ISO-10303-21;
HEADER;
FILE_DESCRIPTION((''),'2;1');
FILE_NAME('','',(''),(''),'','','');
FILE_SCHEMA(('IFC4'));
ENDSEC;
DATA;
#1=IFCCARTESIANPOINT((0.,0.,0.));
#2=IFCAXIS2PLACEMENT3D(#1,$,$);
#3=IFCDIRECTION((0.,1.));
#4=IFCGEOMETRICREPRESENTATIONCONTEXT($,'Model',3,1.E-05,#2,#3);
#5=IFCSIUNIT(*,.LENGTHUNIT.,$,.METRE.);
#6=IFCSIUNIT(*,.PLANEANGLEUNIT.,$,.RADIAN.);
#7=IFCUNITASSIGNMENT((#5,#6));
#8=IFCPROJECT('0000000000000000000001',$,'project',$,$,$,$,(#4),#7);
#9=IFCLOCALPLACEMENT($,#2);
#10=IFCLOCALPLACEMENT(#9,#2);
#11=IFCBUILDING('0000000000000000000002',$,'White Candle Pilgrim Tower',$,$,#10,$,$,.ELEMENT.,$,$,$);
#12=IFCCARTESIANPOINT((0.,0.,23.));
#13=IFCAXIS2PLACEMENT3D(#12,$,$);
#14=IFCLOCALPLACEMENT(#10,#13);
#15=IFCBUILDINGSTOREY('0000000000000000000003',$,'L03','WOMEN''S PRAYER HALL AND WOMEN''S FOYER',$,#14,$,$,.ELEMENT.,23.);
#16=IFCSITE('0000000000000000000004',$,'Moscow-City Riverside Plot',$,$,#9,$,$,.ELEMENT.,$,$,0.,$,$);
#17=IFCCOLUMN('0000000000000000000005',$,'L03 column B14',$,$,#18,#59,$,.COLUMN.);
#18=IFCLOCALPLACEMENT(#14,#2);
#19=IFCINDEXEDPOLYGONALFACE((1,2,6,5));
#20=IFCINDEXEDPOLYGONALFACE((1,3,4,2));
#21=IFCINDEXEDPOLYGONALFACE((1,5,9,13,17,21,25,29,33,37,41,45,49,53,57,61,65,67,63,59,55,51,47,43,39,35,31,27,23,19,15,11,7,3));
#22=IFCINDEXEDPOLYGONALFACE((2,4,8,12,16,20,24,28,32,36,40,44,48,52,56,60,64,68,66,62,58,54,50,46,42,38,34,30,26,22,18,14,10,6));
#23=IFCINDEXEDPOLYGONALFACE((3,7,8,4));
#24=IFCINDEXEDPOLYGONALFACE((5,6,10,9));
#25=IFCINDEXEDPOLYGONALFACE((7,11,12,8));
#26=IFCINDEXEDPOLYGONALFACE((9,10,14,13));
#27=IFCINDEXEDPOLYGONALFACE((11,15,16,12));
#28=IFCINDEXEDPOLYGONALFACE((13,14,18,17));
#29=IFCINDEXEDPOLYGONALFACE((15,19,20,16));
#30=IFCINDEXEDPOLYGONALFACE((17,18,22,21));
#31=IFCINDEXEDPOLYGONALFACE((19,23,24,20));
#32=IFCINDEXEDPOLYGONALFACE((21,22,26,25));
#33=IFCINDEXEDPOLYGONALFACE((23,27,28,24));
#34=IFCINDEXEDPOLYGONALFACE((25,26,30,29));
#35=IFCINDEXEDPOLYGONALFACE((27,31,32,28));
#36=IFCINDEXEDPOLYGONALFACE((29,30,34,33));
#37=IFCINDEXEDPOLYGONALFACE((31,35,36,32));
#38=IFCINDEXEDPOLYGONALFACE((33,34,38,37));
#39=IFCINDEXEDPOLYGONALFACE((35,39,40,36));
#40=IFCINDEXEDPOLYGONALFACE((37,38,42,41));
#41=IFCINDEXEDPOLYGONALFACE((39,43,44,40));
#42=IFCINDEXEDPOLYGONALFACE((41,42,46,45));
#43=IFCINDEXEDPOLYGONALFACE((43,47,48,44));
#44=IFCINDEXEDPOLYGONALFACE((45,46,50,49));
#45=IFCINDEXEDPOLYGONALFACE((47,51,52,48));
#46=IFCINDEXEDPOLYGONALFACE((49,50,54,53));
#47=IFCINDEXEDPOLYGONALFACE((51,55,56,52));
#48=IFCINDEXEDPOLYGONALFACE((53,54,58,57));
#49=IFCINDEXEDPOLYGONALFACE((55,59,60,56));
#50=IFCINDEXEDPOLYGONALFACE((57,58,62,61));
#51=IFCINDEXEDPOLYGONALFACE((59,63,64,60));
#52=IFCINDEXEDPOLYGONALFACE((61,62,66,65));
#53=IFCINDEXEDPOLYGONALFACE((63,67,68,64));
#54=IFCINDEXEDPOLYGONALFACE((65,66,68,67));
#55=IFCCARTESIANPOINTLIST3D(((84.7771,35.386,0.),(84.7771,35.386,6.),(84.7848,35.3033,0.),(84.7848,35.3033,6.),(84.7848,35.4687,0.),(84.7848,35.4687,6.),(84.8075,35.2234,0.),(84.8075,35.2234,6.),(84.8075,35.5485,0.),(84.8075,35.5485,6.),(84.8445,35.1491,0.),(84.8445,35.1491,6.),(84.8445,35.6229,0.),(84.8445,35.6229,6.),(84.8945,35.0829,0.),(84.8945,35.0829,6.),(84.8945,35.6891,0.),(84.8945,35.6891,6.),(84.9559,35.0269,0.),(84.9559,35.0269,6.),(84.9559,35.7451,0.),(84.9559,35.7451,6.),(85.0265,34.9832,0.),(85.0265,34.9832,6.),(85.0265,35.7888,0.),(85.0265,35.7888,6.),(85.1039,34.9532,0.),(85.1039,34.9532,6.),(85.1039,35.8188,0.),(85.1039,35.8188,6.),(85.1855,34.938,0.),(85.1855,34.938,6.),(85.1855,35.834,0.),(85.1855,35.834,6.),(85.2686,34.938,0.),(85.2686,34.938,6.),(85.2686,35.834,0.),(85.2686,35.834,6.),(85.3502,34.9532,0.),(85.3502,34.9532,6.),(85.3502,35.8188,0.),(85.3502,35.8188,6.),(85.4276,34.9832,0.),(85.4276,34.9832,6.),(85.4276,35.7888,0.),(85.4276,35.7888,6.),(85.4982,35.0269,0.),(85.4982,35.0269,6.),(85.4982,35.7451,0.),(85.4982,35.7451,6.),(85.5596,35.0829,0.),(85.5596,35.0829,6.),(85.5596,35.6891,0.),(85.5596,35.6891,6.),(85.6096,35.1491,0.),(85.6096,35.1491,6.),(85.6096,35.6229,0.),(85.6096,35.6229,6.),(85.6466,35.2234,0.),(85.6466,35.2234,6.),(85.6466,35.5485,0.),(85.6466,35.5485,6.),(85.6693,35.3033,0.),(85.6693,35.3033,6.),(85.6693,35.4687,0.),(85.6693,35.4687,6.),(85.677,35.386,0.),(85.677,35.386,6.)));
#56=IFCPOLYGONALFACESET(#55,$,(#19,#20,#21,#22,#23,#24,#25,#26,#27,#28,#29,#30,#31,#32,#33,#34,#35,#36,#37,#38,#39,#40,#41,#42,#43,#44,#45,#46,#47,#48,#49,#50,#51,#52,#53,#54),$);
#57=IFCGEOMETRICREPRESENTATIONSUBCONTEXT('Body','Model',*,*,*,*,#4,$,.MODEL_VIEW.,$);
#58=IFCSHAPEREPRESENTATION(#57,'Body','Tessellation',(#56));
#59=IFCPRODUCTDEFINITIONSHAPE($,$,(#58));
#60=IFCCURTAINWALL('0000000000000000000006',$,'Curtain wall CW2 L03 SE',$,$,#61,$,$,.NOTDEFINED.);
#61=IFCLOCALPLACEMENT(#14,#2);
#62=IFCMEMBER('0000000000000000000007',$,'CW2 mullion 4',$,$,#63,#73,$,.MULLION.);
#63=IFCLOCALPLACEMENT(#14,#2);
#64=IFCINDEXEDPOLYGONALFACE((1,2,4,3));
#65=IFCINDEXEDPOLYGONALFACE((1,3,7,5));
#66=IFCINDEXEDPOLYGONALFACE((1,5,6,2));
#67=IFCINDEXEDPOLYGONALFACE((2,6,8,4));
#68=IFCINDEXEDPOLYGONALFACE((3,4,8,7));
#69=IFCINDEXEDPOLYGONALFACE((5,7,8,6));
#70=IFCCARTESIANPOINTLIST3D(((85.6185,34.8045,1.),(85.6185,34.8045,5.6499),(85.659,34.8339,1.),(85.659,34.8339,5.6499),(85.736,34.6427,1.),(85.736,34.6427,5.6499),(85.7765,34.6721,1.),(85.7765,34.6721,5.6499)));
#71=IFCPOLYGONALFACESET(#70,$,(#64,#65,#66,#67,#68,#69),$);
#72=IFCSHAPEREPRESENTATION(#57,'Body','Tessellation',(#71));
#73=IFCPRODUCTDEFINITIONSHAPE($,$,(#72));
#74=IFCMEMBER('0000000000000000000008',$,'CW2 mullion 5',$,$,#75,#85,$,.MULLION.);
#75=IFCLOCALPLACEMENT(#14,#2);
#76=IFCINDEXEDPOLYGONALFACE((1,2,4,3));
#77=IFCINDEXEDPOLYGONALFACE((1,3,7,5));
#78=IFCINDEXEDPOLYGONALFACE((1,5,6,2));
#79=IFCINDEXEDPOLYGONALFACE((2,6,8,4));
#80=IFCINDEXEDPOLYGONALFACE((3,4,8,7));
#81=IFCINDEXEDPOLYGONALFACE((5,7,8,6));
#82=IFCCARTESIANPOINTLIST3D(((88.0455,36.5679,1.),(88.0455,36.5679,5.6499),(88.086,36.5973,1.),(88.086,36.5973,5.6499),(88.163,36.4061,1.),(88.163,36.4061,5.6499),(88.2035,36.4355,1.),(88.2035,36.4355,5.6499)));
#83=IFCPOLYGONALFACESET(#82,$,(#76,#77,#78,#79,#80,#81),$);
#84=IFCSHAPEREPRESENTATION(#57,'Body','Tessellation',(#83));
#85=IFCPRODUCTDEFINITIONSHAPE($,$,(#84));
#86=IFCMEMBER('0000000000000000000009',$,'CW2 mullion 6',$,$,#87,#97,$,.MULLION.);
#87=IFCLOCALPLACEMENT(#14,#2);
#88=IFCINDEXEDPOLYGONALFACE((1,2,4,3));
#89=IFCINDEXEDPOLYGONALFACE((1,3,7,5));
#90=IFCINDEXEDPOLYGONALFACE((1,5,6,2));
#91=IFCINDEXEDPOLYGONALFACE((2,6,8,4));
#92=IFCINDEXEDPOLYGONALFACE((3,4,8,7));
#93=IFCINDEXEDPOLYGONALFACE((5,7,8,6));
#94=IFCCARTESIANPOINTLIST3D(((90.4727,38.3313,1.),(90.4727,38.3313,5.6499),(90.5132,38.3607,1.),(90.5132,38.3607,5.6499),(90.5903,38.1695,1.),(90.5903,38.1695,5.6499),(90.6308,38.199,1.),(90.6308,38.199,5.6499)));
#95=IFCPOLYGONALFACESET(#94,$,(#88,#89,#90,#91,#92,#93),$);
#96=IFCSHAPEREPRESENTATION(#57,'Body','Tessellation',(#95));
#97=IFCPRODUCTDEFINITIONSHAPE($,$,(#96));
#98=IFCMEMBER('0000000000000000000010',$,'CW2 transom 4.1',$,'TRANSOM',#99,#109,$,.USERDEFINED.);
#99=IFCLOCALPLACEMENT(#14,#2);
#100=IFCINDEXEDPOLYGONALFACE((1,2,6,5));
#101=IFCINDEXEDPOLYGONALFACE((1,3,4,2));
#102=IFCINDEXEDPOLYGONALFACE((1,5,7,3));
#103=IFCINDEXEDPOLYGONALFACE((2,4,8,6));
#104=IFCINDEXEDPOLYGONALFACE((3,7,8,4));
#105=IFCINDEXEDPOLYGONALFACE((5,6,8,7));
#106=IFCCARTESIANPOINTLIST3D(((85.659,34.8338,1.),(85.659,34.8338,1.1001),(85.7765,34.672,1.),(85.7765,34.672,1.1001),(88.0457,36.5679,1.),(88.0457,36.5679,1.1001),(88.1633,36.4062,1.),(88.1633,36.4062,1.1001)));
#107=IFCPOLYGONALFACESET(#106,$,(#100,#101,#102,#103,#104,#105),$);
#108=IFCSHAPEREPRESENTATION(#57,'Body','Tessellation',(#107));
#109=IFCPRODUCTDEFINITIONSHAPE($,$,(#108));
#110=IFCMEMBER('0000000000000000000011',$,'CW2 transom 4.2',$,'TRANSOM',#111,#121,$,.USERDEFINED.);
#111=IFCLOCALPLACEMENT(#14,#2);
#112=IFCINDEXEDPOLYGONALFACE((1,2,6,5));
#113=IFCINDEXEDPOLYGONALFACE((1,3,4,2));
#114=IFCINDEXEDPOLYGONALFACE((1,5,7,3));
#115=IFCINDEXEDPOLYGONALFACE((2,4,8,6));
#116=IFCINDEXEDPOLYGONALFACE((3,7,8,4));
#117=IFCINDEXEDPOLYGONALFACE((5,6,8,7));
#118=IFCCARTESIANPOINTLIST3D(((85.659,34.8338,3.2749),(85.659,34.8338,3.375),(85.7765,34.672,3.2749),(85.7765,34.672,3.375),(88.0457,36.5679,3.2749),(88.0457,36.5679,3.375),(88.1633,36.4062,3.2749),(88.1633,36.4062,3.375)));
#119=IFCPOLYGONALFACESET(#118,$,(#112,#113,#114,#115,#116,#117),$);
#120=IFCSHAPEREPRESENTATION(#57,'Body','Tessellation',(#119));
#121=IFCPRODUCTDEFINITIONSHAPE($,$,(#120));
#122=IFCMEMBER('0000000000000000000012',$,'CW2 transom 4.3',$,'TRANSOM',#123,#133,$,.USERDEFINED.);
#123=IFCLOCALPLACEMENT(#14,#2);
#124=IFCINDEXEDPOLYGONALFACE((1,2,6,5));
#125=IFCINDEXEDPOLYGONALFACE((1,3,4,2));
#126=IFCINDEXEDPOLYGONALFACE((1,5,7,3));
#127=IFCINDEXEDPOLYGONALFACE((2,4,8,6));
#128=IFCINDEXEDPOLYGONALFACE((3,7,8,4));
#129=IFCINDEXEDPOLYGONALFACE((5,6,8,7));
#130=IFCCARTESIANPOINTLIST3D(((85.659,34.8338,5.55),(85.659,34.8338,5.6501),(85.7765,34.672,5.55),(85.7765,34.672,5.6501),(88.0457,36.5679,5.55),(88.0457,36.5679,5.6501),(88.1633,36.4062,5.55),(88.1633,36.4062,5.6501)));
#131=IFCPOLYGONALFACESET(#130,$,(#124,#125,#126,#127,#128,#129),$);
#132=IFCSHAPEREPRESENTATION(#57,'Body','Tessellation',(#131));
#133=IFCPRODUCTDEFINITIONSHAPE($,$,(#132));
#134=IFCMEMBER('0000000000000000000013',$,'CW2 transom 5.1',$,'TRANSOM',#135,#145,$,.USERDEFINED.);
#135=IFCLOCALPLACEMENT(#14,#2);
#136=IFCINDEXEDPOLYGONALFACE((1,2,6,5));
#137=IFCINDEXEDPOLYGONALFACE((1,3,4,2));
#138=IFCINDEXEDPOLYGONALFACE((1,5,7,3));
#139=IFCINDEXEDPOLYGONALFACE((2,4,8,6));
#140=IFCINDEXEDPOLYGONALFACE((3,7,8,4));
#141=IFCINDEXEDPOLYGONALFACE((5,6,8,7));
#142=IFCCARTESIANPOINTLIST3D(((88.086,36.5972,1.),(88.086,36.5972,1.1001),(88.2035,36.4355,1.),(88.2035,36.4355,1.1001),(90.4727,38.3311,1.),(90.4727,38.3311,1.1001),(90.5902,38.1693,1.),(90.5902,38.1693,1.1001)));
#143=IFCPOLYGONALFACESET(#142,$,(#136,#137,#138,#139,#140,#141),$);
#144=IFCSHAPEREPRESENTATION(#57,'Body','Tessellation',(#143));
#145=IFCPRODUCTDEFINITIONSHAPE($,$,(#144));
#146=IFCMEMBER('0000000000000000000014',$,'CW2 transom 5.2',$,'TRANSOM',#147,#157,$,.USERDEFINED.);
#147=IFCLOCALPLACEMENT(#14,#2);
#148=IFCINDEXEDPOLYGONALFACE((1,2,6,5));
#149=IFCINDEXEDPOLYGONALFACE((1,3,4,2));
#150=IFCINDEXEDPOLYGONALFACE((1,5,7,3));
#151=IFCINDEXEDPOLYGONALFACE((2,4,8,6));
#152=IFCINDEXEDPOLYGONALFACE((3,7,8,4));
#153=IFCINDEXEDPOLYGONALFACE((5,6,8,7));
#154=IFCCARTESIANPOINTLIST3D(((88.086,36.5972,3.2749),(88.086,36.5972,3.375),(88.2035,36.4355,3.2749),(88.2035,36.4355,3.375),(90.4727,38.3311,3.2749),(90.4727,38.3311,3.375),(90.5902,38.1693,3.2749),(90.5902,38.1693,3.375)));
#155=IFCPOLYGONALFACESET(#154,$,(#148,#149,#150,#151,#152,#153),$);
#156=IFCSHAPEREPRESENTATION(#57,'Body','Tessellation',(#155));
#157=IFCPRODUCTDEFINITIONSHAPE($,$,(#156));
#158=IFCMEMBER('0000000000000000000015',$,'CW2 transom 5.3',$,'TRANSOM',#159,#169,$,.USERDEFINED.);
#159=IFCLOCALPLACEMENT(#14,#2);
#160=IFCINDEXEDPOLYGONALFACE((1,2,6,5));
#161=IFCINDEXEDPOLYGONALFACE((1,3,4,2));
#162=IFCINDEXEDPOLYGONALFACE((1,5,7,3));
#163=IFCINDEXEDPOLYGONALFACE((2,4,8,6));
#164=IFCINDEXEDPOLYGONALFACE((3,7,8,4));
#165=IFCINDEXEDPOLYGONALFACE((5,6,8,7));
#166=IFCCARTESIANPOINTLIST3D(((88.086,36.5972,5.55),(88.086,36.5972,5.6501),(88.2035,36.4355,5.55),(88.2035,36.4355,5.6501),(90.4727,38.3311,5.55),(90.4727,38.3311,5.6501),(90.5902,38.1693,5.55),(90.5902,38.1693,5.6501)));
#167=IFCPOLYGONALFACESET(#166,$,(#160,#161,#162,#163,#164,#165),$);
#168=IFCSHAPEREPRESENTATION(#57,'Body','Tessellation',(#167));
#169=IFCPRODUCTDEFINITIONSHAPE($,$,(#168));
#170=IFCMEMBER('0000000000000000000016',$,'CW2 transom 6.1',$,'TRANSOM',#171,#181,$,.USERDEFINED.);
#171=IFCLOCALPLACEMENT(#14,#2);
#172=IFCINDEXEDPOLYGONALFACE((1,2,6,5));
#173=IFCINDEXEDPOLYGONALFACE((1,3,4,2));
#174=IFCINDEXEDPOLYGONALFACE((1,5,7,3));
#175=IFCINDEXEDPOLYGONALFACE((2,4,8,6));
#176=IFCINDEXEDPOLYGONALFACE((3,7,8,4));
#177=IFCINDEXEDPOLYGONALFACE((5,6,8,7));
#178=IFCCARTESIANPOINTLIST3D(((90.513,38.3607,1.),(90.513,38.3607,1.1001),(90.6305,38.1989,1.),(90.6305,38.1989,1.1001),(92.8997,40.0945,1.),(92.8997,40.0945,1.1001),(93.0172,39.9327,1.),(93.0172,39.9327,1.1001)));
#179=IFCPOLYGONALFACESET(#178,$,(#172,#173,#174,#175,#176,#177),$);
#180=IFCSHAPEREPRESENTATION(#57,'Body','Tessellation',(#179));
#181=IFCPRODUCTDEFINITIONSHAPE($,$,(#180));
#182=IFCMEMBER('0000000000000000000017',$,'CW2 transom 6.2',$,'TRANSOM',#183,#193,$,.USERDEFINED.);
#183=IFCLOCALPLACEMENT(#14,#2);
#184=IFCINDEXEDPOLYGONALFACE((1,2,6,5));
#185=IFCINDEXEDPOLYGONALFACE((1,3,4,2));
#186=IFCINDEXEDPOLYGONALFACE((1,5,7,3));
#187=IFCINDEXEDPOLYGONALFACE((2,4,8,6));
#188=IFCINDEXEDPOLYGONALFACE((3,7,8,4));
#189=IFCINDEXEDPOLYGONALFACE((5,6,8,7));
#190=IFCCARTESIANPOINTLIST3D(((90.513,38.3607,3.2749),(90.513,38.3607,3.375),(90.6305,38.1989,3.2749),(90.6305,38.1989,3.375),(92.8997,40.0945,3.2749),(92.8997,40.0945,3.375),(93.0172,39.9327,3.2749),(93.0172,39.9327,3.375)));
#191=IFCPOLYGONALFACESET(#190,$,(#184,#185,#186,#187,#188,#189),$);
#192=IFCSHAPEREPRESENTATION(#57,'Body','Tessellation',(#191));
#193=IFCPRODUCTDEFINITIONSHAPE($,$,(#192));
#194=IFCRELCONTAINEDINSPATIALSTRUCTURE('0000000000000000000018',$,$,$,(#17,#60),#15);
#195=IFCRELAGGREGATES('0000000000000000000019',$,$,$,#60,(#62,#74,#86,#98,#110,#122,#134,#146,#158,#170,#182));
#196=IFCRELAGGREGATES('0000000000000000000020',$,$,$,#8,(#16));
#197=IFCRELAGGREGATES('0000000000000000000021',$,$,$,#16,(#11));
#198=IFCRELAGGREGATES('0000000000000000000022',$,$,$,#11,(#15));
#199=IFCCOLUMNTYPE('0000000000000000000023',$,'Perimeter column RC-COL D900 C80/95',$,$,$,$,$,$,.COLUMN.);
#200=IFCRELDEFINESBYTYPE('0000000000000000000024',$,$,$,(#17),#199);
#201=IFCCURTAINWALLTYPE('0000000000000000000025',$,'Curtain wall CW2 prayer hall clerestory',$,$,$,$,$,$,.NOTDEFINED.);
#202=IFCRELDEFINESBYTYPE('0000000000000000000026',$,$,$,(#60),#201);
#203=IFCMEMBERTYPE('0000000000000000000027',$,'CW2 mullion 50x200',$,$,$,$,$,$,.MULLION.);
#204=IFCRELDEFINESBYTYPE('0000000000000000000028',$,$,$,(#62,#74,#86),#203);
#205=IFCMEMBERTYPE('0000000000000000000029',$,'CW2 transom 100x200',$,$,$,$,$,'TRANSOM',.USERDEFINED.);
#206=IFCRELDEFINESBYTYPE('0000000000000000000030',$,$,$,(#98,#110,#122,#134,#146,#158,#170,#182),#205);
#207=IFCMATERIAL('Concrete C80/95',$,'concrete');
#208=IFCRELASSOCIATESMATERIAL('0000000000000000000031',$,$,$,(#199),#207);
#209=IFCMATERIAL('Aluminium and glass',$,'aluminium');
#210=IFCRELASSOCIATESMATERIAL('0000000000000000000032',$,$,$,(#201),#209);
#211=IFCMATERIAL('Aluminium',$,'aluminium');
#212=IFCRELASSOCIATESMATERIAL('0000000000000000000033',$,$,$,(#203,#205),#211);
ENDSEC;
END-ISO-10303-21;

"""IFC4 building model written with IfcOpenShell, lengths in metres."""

from ifc_helpers import new_model, si_unit, direction, frame, origin, origin_2d, place, context, subcontext, project, spatial, rectangle, circle, extrude, material, material_profile, profile_set, type_object, element, aggregate, save


model = new_model("IFC4")

# Units and contexts
model_context = context("Model", 3, precision=1e-05, world=origin(), true_north=direction((0.0, 1.0)))
body_context = subcontext(model_context, "Body", "Model", "MODEL_VIEW")
ifc_project = project(units=[si_unit("LENGTHUNIT", "METRE"), si_unit("PLANEANGLEUNIT", "RADIAN")], contexts=[model_context])

# Site, building, storey
site_placement = place(None, origin())
site = spatial("IfcSite", under=ifc_project, at=site_placement, Name="Moscow-City Riverside Plot", CompositionType="ELEMENT", RefElevation=0.0)
building_placement = place(site_placement, origin())
building = spatial("IfcBuilding", under=site, at=building_placement, Name="White Candle Pilgrim Tower", CompositionType="ELEMENT")
storey_placement = place(building_placement, frame((0.0, 0.0, 23.0)))
storey = spatial("IfcBuildingStorey", under=building, at=storey_placement, Name="L03", Description="WOMEN'S PRAYER HALL AND WOMEN'S FOYER", CompositionType="ELEMENT", Elevation=23.0)

# Column
ifc_material_1 = material(Name="Concrete C80/95", Category="concrete")
ifc_material_profile_1 = material_profile(ifc_material_1, circle(Radius=0.45, at=origin_2d()), Name="RC-COL D900")
ifc_profile_set_1 = profile_set([ifc_material_profile_1], Name="Concrete C80/95")
column_type = type_object("IfcColumnType", Name="Perimeter column RC-COL D900 C80/95", PredefinedType="COLUMN", material=ifc_profile_set_1)
column_placement = place(storey_placement, frame((85.2271, 35.386, 0.0), z_axis=(0.0, 0.0, 1.0), x_axis=(1.0, 0.0, 0.0)))
element("IfcColumn", 1, at=column_placement, inside=storey, type_object=column_type, Name="L03 column B14", PredefinedType="COLUMN", context=body_context, shape_type="SweptSolid", body=[
    extrude(circle(Radius=0.45, at=origin_2d()), origin(), (0.0, 0.0, 1.0), 6.0),
])

# Curtain wall, members
ifc_material_2 = material(Name="Aluminium and glass", Category="aluminium")
curtain_wall_type = type_object("IfcCurtainWallType", Name="Curtain wall CW2 prayer hall clerestory", PredefinedType="NOTDEFINED", material=ifc_material_2)
curtain_wall_placement = place(storey_placement, origin())
curtain_wall = element("IfcCurtainWall", 2, at=curtain_wall_placement, inside=storey, type_object=curtain_wall_type, Name="Curtain wall CW2 L03 SE", PredefinedType="NOTDEFINED")
ifc_material_3 = material(Name="Aluminium", Category="aluminium")
ifc_material_profile_2 = material_profile(ifc_material_3, rectangle(XDim=0.2, YDim=0.05, at=origin_2d()), Name="CW2 mullion 50x200")
ifc_profile_set_2 = profile_set([ifc_material_profile_2], Name="Aluminium")
member_type_1 = type_object("IfcMemberType", Name="CW2 mullion 50x200", PredefinedType="MULLION", material=ifc_profile_set_2)
member_1_placement = place(storey_placement, frame((85.6975, 34.7383, 1.0), z_axis=(0.0, 0.0, 1.0), x_axis=(-0.587785, 0.809017, 0.0)))
member_1 = element("IfcMember", 3, at=member_1_placement, type_object=member_type_1, Name="CW2 mullion 4", PredefinedType="MULLION", context=body_context, shape_type="SweptSolid", body=[
    extrude(rectangle(XDim=0.2, YDim=0.05, at=origin_2d()), origin(), (0.0, 0.0, 1.0), 4.6499),
])
member_2_placement = place(storey_placement, frame((88.1245, 36.5017, 1.0), z_axis=(0.0, 0.0, 1.0), x_axis=(-0.587785, 0.809017, 0.0)))
member_2 = element("IfcMember", 4, at=member_2_placement, type_object=member_type_1, Name="CW2 mullion 5", PredefinedType="MULLION", context=body_context, shape_type="SweptSolid", body=[
    extrude(rectangle(XDim=0.2, YDim=0.05, at=origin_2d()), origin(), (0.0, 0.0, 1.0), 4.6499),
])
member_3_placement = place(storey_placement, frame((90.5518, 38.2651, 1.0), z_axis=(0.0, 0.0, 1.0), x_axis=(-0.587785, 0.809017, 0.0)))
member_3 = element("IfcMember", 5, at=member_3_placement, type_object=member_type_1, Name="CW2 mullion 6", PredefinedType="MULLION", context=body_context, shape_type="SweptSolid", body=[
    extrude(rectangle(XDim=0.2, YDim=0.05, at=origin_2d()), origin(), (0.0, 0.0, 1.0), 4.6499),
])
ifc_material_profile_3 = material_profile(ifc_material_3, rectangle(XDim=0.2, YDim=0.1001, at=origin_2d()), Name="CW2 transom 100x200")
ifc_profile_set_3 = profile_set([ifc_material_profile_3], Name="Aluminium")
member_type_2 = type_object("IfcMemberType", Name="CW2 transom 100x200", ElementType="TRANSOM", PredefinedType="USERDEFINED", material=ifc_profile_set_3)
member_4_placement = place(storey_placement, frame((85.7178, 34.7529, 1.05), z_axis=(0.809004, 0.587803, 0.0), x_axis=(-0.587803, 0.809004, 0.0)))
member_4 = element("IfcMember", 6, at=member_4_placement, type_object=member_type_2, Name="CW2 transom 4.1", ObjectType="TRANSOM", PredefinedType="USERDEFINED", context=body_context, shape_type="SweptSolid", body=[
    extrude(rectangle(XDim=0.2, YDim=0.1001, at=origin_2d()), origin(), (0.0, 0.0, 1.0), 2.9502),
])
member_5_placement = place(storey_placement, frame((85.7178, 34.7529, 3.325), z_axis=(0.809004, 0.587803, 0.0), x_axis=(-0.587803, 0.809004, 0.0)))
member_5 = element("IfcMember", 7, at=member_5_placement, type_object=member_type_2, Name="CW2 transom 4.2", ObjectType="TRANSOM", PredefinedType="USERDEFINED", context=body_context, shape_type="SweptSolid", body=[
    extrude(rectangle(XDim=0.2, YDim=0.1001, at=origin_2d()), origin(), (0.0, 0.0, 1.0), 2.9502),
])
member_6_placement = place(storey_placement, frame((85.7178, 34.7529, 5.6001), z_axis=(0.809004, 0.587803, 0.0), x_axis=(-0.587803, 0.809004, 0.0)))
member_6 = element("IfcMember", 8, at=member_6_placement, type_object=member_type_2, Name="CW2 transom 4.3", ObjectType="TRANSOM", PredefinedType="USERDEFINED", context=body_context, shape_type="SweptSolid", body=[
    extrude(rectangle(XDim=0.2, YDim=0.1001, at=origin_2d()), origin(), (0.0, 0.0, 1.0), 2.9502),
])
member_7_placement = place(storey_placement, frame((88.1448, 36.5164, 1.05), z_axis=(0.809044, 0.587748, 0.0), x_axis=(-0.587748, 0.809044, 0.0)))
member_7 = element("IfcMember", 9, at=member_7_placement, type_object=member_type_2, Name="CW2 transom 5.1", ObjectType="TRANSOM", PredefinedType="USERDEFINED", context=body_context, shape_type="SweptSolid", body=[
    extrude(rectangle(XDim=0.2, YDim=0.1001, at=origin_2d()), origin(), (0.0, 0.0, 1.0), 2.95),
])
member_8_placement = place(storey_placement, frame((88.1448, 36.5164, 3.325), z_axis=(0.809044, 0.587748, 0.0), x_axis=(-0.587748, 0.809044, 0.0)))
member_8 = element("IfcMember", 10, at=member_8_placement, type_object=member_type_2, Name="CW2 transom 5.2", ObjectType="TRANSOM", PredefinedType="USERDEFINED", context=body_context, shape_type="SweptSolid", body=[
    extrude(rectangle(XDim=0.2, YDim=0.1001, at=origin_2d()), origin(), (0.0, 0.0, 1.0), 2.95),
])
member_9_placement = place(storey_placement, frame((88.1448, 36.5164, 5.6001), z_axis=(0.809044, 0.587748, 0.0), x_axis=(-0.587748, 0.809044, 0.0)))
member_9 = element("IfcMember", 11, at=member_9_placement, type_object=member_type_2, Name="CW2 transom 5.3", ObjectType="TRANSOM", PredefinedType="USERDEFINED", context=body_context, shape_type="SweptSolid", body=[
    extrude(rectangle(XDim=0.2, YDim=0.1001, at=origin_2d()), origin(), (0.0, 0.0, 1.0), 2.95),
])
member_10_placement = place(storey_placement, frame((90.5718, 38.2798, 1.05), z_axis=(0.809044, 0.587748, 0.0), x_axis=(-0.587748, 0.809044, 0.0)))
member_10 = element("IfcMember", 12, at=member_10_placement, type_object=member_type_2, Name="CW2 transom 6.1", ObjectType="TRANSOM", PredefinedType="USERDEFINED", context=body_context, shape_type="SweptSolid", body=[
    extrude(rectangle(XDim=0.2, YDim=0.1001, at=origin_2d()), origin(), (0.0, 0.0, 1.0), 2.95),
])
member_11_placement = place(storey_placement, frame((90.5718, 38.2798, 3.325), z_axis=(0.809044, 0.587748, 0.0), x_axis=(-0.587748, 0.809044, 0.0)))
member_11 = element("IfcMember", 13, at=member_11_placement, type_object=member_type_2, Name="CW2 transom 6.2", ObjectType="TRANSOM", PredefinedType="USERDEFINED", context=body_context, shape_type="SweptSolid", body=[
    extrude(rectangle(XDim=0.2, YDim=0.1001, at=origin_2d()), origin(), (0.0, 0.0, 1.0), 2.95),
])

aggregate(curtain_wall, [member_1, member_2, member_3, member_4, member_5, member_6, member_7, member_8, member_9, member_10, member_11])

save(model, "model.ifc")
